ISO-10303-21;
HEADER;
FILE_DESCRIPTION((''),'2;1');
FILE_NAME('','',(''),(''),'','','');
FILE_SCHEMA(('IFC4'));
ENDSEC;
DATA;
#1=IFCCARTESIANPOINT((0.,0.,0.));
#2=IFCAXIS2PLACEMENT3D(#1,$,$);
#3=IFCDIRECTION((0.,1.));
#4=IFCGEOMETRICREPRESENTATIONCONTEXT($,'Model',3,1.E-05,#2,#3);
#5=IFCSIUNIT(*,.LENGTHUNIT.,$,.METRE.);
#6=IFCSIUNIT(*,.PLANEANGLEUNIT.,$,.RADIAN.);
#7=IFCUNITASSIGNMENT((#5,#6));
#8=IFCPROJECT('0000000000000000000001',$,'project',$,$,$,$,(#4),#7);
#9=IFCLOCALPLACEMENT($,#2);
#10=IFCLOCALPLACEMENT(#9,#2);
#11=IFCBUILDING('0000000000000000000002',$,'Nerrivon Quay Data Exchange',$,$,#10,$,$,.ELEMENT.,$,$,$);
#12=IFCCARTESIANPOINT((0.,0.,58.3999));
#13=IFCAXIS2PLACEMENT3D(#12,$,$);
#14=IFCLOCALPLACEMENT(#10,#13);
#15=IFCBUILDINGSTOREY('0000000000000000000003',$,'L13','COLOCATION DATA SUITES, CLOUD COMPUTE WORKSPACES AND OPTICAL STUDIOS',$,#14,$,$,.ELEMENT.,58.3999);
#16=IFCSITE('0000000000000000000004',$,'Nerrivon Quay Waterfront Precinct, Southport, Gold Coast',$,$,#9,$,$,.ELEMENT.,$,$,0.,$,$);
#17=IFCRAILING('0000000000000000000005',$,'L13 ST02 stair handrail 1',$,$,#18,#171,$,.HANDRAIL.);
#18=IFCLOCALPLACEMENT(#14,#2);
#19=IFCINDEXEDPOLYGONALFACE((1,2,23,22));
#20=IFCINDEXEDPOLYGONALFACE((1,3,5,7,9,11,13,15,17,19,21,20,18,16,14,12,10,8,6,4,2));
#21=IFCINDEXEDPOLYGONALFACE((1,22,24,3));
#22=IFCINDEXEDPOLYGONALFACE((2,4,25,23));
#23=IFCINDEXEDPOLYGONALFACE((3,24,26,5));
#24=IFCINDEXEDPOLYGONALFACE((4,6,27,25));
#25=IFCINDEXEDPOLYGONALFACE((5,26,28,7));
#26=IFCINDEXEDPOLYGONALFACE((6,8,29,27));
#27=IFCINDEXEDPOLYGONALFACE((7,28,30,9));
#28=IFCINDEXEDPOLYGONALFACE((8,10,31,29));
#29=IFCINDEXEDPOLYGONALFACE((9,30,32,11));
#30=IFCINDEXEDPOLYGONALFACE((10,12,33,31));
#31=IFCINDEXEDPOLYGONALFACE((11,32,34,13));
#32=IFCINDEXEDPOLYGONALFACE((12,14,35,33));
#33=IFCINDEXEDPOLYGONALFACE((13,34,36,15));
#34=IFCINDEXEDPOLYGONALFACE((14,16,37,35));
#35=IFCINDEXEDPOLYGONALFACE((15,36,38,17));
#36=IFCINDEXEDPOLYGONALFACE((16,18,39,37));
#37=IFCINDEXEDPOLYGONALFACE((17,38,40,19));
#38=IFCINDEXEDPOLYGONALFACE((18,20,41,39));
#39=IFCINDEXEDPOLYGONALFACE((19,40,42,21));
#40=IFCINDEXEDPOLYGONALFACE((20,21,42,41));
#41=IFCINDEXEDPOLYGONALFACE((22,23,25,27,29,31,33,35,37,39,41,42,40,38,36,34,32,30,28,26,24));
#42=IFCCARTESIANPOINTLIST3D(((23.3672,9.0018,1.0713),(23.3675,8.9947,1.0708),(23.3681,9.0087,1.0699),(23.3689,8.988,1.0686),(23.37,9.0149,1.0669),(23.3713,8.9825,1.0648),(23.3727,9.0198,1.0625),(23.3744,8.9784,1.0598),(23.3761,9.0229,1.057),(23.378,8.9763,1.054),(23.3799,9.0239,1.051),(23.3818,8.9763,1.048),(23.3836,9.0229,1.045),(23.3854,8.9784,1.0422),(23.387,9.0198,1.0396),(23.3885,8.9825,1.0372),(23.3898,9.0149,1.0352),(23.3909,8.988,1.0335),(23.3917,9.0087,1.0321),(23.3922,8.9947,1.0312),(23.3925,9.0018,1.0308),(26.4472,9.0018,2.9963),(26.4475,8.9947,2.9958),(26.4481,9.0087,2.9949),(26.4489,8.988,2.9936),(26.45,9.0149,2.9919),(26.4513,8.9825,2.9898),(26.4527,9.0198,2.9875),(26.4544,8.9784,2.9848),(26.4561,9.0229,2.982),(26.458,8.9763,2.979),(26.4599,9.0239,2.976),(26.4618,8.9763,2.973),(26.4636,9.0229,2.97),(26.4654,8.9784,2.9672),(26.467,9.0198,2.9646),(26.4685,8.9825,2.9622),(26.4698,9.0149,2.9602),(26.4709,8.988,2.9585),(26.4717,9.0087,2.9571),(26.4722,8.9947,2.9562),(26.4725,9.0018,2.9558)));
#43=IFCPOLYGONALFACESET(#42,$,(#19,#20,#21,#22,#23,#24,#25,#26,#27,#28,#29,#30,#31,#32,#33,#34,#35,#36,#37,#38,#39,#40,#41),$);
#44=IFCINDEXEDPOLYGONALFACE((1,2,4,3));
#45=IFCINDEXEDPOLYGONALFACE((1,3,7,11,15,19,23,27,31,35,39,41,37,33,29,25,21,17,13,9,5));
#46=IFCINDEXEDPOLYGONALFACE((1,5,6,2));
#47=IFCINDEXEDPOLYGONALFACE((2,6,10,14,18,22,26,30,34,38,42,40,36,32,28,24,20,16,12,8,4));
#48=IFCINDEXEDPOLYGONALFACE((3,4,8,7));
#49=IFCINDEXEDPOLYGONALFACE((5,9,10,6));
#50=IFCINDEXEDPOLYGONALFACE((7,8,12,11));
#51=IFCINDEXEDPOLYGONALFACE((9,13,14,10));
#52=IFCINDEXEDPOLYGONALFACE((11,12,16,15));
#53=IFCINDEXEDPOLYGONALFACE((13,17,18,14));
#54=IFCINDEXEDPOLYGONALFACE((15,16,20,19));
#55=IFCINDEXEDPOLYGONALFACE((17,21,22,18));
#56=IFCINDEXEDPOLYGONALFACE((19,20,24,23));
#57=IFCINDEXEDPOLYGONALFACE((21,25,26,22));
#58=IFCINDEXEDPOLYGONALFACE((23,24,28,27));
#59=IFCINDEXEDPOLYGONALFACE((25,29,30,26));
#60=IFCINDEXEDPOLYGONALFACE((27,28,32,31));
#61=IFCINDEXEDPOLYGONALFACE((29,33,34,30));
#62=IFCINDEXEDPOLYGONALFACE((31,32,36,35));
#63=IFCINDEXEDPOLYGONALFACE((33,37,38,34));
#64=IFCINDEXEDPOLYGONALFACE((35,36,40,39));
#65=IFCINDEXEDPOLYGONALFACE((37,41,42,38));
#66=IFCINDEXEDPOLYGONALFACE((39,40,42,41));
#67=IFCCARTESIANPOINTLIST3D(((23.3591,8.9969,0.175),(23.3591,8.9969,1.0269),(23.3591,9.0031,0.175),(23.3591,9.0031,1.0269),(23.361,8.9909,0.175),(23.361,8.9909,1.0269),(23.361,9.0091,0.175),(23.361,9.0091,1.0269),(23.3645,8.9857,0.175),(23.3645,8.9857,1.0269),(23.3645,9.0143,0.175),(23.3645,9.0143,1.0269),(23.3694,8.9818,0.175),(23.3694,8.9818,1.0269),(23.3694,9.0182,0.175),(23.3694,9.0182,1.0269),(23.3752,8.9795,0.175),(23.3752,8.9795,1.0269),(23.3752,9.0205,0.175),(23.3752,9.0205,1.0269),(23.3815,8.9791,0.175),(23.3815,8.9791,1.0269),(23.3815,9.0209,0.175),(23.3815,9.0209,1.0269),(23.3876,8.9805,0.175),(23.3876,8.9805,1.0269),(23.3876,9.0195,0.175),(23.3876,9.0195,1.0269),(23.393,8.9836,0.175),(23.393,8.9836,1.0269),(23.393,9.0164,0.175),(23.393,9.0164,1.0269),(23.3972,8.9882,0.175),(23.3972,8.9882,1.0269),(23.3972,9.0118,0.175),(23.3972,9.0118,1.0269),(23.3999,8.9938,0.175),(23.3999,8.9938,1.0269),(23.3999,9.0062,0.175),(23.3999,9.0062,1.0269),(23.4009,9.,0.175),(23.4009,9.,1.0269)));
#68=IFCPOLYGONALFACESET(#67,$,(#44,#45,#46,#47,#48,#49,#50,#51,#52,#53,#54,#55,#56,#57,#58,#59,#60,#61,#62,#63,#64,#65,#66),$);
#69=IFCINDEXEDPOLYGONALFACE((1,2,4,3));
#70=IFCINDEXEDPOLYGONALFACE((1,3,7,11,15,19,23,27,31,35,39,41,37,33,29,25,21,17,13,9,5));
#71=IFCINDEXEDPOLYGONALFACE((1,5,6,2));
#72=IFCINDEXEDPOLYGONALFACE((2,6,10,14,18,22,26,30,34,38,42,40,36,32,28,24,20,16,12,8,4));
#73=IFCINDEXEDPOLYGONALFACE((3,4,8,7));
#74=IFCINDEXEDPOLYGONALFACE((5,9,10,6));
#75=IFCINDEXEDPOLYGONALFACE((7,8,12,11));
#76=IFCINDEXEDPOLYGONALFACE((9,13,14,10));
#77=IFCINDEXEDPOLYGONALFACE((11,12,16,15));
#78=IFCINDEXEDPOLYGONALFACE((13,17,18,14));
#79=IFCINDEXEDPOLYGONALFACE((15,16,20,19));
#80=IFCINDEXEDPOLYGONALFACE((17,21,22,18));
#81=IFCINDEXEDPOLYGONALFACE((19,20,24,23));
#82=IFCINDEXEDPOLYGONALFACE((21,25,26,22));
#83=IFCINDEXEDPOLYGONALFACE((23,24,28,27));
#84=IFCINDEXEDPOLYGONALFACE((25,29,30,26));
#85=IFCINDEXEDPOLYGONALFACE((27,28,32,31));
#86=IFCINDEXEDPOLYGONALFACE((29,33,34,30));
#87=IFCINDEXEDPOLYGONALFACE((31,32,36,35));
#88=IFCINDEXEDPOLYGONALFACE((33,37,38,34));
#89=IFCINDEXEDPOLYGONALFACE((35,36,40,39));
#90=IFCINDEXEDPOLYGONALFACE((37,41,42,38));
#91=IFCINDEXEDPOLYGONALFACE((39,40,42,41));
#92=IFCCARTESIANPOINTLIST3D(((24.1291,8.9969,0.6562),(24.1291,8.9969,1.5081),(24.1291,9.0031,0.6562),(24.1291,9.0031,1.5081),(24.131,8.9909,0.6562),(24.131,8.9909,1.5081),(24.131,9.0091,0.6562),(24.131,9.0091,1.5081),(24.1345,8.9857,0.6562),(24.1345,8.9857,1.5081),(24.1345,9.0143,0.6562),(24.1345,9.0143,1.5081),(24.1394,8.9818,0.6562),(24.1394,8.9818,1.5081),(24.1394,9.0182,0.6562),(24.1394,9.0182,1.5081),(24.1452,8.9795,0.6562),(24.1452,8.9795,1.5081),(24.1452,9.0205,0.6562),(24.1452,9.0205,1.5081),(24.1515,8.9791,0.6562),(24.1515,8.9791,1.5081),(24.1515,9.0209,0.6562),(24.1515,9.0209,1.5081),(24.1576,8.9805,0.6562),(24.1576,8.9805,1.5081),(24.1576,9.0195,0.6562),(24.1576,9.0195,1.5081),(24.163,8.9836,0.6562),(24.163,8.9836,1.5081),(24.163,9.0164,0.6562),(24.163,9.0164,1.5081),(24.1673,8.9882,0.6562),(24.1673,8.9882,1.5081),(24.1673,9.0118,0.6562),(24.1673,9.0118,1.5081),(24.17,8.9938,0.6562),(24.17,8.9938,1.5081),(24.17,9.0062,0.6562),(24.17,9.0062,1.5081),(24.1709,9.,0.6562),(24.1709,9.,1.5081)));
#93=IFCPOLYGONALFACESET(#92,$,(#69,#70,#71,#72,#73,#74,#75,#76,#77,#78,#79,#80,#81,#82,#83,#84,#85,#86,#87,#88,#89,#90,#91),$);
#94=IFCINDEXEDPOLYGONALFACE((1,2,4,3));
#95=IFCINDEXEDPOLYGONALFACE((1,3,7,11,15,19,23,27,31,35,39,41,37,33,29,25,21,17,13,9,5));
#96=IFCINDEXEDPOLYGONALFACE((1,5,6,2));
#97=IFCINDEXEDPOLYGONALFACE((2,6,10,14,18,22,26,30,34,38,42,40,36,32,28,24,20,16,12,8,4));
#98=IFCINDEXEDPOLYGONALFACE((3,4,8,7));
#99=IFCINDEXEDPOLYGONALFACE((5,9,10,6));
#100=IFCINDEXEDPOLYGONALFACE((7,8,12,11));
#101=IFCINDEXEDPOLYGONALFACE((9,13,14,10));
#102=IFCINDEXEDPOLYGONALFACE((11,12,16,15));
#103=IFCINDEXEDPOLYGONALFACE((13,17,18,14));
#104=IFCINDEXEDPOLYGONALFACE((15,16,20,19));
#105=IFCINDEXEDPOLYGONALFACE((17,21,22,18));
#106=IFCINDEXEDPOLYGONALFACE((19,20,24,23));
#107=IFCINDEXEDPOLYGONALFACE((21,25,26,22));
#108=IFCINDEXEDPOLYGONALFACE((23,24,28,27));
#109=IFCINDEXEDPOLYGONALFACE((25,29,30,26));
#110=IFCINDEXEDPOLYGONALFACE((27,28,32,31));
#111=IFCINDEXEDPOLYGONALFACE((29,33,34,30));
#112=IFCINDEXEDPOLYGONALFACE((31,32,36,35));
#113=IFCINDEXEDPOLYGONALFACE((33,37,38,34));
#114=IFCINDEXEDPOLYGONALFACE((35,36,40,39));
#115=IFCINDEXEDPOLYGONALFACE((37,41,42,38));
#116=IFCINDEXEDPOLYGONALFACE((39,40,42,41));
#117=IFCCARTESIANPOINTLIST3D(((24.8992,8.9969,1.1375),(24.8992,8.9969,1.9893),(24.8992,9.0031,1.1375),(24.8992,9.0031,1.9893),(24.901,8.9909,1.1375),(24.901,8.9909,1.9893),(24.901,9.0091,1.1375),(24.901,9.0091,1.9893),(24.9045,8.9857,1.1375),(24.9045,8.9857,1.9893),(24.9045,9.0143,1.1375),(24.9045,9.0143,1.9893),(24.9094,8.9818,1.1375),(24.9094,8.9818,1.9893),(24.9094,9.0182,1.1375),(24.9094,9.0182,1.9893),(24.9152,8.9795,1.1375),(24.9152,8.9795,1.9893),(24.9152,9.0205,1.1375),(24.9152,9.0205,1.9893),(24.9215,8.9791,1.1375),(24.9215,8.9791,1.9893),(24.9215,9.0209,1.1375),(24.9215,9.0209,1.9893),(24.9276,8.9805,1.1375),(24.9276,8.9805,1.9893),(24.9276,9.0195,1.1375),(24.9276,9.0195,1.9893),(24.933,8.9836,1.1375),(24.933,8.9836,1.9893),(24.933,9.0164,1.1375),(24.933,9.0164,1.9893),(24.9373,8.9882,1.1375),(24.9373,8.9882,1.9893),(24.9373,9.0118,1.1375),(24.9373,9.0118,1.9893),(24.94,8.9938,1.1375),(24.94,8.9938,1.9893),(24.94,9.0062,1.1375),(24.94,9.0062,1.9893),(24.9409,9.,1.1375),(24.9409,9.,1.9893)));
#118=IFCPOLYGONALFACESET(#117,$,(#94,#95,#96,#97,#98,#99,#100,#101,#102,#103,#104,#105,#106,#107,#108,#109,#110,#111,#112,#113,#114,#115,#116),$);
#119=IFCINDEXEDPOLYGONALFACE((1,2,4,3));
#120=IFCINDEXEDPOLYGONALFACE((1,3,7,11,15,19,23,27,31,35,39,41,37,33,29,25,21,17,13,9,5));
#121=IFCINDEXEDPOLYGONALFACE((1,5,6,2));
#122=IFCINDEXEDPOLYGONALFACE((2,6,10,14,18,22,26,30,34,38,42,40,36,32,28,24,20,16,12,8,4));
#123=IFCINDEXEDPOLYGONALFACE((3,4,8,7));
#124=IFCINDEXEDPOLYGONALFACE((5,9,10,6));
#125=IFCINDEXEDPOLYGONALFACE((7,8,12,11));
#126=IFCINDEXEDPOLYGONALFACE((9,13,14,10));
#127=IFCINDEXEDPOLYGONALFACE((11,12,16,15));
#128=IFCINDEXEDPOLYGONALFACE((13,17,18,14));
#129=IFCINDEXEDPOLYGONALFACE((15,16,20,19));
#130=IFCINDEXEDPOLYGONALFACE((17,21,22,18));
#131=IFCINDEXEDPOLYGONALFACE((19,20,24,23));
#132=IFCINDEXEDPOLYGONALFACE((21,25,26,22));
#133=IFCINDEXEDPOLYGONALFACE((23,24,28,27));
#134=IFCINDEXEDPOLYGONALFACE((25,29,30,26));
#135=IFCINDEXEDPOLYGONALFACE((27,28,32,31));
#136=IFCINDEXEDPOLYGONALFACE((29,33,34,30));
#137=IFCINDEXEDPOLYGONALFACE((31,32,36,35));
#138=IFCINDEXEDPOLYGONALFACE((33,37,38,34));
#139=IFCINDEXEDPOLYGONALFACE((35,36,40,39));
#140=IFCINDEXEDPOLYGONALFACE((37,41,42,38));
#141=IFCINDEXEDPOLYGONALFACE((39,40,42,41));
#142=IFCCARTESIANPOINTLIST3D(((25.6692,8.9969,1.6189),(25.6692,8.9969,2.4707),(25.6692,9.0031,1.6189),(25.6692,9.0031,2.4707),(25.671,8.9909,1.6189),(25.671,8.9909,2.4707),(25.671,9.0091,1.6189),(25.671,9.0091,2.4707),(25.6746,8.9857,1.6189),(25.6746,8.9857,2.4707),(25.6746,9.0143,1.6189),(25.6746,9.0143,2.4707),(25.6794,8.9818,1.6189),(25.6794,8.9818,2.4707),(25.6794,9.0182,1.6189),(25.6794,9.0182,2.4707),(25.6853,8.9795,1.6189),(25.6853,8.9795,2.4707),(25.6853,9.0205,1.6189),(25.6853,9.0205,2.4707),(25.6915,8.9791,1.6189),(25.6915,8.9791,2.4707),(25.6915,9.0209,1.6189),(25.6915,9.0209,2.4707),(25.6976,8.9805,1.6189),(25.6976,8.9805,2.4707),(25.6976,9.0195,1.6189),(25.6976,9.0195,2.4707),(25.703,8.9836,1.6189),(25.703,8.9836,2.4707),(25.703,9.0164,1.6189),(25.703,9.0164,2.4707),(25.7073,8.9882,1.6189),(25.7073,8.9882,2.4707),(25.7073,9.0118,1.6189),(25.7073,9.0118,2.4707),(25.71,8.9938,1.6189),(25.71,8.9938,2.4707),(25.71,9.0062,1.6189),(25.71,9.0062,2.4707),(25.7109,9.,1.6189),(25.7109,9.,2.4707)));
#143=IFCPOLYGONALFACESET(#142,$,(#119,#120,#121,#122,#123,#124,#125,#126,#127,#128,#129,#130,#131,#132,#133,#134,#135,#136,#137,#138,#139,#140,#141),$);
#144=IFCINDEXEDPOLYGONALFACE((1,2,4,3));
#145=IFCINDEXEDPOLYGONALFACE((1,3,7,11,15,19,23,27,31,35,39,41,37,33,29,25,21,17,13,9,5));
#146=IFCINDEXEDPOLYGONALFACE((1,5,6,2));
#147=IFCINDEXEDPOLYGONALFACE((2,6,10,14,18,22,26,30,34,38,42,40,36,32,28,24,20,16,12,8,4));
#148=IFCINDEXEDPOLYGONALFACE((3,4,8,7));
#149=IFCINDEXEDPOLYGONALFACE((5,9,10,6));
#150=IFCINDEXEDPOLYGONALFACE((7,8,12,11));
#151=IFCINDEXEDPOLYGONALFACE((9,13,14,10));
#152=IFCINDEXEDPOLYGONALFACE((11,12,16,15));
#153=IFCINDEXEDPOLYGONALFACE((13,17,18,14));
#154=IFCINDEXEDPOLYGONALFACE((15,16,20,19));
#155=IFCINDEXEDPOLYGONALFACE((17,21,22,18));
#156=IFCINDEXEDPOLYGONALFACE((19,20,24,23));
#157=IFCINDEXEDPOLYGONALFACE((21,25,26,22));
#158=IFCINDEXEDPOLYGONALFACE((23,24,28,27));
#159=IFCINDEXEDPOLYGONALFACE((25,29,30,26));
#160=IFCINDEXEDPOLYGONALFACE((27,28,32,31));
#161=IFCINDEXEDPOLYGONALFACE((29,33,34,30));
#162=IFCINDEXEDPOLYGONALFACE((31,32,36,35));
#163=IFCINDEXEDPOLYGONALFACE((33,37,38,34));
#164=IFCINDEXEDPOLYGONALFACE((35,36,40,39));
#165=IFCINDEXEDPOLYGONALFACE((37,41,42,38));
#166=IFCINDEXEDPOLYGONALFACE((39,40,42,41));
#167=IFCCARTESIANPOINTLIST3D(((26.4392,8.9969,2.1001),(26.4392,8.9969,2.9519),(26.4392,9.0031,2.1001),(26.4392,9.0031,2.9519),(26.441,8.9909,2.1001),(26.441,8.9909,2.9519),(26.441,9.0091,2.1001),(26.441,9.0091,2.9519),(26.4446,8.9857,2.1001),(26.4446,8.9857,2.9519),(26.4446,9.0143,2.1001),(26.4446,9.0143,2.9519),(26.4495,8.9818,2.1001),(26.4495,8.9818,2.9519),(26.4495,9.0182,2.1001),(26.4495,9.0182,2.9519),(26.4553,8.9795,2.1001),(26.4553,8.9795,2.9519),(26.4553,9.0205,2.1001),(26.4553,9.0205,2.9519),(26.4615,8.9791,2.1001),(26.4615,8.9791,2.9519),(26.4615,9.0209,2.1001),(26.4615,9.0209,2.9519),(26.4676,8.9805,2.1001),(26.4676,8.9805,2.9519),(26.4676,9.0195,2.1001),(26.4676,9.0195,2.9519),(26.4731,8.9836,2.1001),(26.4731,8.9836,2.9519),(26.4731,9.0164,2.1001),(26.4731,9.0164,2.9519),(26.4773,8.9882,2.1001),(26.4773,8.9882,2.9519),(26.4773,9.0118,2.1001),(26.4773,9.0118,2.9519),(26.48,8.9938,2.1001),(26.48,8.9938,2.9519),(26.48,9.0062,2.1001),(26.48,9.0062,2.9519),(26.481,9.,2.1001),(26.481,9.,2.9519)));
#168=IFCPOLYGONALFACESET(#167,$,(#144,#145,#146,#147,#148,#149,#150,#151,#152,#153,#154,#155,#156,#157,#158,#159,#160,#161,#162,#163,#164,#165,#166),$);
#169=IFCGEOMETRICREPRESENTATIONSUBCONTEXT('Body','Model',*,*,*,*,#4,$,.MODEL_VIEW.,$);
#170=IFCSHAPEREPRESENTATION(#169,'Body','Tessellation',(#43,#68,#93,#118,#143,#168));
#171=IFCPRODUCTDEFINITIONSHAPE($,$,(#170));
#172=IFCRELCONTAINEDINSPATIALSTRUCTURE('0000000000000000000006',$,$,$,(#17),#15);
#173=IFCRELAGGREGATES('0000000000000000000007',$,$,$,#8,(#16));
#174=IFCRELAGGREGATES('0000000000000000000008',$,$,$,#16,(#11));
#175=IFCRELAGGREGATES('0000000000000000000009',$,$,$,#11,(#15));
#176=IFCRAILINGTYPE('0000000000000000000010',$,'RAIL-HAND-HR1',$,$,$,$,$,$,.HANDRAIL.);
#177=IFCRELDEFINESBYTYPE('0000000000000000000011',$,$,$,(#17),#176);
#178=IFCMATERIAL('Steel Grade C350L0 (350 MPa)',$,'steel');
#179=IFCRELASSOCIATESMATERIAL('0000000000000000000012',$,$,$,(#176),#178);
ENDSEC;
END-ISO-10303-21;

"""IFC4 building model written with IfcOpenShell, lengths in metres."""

from ifc_helpers import new_model, si_unit, direction, frame, origin, origin_2d, place, context, subcontext, project, spatial, circle, extrude, material, type_object, element, save


model = new_model("IFC4")

# Units and contexts
model_context = context("Model", 3, precision=1e-05, world=origin(), true_north=direction((0.0, 1.0)))
body_context = subcontext(model_context, "Body", "Model", "MODEL_VIEW")
ifc_project = project(units=[si_unit("LENGTHUNIT", "METRE"), si_unit("PLANEANGLEUNIT", "RADIAN")], contexts=[model_context])

# Site, building, storey
site_placement = place(None, origin())
site = spatial("IfcSite", under=ifc_project, at=site_placement, Name="Nerrivon Quay Waterfront Precinct, Southport, Gold Coast", CompositionType="ELEMENT", RefElevation=0.0)
building_placement = place(site_placement, origin())
building = spatial("IfcBuilding", under=site, at=building_placement, Name="Nerrivon Quay Data Exchange", CompositionType="ELEMENT")
storey_placement = place(building_placement, frame((0.0, 0.0, 58.3999)))
storey = spatial("IfcBuildingStorey", under=building, at=storey_placement, Name="L13", Description="COLOCATION DATA SUITES, CLOUD COMPUTE WORKSPACES AND OPTICAL STUDIOS", CompositionType="ELEMENT", Elevation=58.3999)

# Railing
ifc_material_1 = material(Name="Steel Grade C350L0 (350 MPa)", Category="steel")
railing_type_1 = type_object("IfcRailingType", Name="RAIL-HAND-HR1", PredefinedType="HANDRAIL", material=ifc_material_1)
railing_1_placement = place(storey_placement, frame((23.3799, 9.0, 0.175)))
element("IfcRailing", 1, at=railing_1_placement, inside=storey, type_object=railing_type_1, Name="L13 ST02 stair handrail 1", PredefinedType="HANDRAIL", context=body_context, shape_type="SweptSolid", body=[
    extrude(circle(Radius=0.0239, at=origin_2d()), frame((0.0, 0.0, 0.876), z_axis=(0.847998, 0.0, 0.529999), x_axis=(0.0, 1.0, 0.0)), (0.0, 0.0, 1.0), 3.6321),
    extrude(circle(Radius=0.021, at=origin_2d()), origin(), (0.0, 0.0, 1.0), 0.8518),
    extrude(circle(Radius=0.021, at=origin_2d()), frame((0.77, 0.0, 0.4812)), (0.0, 0.0, 1.0), 0.8518),
    extrude(circle(Radius=0.021, at=origin_2d()), frame((1.54, 0.0, 0.9624)), (0.0, 0.0, 1.0), 0.8518),
    extrude(circle(Radius=0.021, at=origin_2d()), frame((2.3101, 0.0, 1.4438)), (0.0, 0.0, 1.0), 0.8518),
    extrude(circle(Radius=0.021, at=origin_2d()), frame((3.0801, 0.0, 1.925)), (0.0, 0.0, 1.0), 0.8518),
])

save(model, "model.ifc")
